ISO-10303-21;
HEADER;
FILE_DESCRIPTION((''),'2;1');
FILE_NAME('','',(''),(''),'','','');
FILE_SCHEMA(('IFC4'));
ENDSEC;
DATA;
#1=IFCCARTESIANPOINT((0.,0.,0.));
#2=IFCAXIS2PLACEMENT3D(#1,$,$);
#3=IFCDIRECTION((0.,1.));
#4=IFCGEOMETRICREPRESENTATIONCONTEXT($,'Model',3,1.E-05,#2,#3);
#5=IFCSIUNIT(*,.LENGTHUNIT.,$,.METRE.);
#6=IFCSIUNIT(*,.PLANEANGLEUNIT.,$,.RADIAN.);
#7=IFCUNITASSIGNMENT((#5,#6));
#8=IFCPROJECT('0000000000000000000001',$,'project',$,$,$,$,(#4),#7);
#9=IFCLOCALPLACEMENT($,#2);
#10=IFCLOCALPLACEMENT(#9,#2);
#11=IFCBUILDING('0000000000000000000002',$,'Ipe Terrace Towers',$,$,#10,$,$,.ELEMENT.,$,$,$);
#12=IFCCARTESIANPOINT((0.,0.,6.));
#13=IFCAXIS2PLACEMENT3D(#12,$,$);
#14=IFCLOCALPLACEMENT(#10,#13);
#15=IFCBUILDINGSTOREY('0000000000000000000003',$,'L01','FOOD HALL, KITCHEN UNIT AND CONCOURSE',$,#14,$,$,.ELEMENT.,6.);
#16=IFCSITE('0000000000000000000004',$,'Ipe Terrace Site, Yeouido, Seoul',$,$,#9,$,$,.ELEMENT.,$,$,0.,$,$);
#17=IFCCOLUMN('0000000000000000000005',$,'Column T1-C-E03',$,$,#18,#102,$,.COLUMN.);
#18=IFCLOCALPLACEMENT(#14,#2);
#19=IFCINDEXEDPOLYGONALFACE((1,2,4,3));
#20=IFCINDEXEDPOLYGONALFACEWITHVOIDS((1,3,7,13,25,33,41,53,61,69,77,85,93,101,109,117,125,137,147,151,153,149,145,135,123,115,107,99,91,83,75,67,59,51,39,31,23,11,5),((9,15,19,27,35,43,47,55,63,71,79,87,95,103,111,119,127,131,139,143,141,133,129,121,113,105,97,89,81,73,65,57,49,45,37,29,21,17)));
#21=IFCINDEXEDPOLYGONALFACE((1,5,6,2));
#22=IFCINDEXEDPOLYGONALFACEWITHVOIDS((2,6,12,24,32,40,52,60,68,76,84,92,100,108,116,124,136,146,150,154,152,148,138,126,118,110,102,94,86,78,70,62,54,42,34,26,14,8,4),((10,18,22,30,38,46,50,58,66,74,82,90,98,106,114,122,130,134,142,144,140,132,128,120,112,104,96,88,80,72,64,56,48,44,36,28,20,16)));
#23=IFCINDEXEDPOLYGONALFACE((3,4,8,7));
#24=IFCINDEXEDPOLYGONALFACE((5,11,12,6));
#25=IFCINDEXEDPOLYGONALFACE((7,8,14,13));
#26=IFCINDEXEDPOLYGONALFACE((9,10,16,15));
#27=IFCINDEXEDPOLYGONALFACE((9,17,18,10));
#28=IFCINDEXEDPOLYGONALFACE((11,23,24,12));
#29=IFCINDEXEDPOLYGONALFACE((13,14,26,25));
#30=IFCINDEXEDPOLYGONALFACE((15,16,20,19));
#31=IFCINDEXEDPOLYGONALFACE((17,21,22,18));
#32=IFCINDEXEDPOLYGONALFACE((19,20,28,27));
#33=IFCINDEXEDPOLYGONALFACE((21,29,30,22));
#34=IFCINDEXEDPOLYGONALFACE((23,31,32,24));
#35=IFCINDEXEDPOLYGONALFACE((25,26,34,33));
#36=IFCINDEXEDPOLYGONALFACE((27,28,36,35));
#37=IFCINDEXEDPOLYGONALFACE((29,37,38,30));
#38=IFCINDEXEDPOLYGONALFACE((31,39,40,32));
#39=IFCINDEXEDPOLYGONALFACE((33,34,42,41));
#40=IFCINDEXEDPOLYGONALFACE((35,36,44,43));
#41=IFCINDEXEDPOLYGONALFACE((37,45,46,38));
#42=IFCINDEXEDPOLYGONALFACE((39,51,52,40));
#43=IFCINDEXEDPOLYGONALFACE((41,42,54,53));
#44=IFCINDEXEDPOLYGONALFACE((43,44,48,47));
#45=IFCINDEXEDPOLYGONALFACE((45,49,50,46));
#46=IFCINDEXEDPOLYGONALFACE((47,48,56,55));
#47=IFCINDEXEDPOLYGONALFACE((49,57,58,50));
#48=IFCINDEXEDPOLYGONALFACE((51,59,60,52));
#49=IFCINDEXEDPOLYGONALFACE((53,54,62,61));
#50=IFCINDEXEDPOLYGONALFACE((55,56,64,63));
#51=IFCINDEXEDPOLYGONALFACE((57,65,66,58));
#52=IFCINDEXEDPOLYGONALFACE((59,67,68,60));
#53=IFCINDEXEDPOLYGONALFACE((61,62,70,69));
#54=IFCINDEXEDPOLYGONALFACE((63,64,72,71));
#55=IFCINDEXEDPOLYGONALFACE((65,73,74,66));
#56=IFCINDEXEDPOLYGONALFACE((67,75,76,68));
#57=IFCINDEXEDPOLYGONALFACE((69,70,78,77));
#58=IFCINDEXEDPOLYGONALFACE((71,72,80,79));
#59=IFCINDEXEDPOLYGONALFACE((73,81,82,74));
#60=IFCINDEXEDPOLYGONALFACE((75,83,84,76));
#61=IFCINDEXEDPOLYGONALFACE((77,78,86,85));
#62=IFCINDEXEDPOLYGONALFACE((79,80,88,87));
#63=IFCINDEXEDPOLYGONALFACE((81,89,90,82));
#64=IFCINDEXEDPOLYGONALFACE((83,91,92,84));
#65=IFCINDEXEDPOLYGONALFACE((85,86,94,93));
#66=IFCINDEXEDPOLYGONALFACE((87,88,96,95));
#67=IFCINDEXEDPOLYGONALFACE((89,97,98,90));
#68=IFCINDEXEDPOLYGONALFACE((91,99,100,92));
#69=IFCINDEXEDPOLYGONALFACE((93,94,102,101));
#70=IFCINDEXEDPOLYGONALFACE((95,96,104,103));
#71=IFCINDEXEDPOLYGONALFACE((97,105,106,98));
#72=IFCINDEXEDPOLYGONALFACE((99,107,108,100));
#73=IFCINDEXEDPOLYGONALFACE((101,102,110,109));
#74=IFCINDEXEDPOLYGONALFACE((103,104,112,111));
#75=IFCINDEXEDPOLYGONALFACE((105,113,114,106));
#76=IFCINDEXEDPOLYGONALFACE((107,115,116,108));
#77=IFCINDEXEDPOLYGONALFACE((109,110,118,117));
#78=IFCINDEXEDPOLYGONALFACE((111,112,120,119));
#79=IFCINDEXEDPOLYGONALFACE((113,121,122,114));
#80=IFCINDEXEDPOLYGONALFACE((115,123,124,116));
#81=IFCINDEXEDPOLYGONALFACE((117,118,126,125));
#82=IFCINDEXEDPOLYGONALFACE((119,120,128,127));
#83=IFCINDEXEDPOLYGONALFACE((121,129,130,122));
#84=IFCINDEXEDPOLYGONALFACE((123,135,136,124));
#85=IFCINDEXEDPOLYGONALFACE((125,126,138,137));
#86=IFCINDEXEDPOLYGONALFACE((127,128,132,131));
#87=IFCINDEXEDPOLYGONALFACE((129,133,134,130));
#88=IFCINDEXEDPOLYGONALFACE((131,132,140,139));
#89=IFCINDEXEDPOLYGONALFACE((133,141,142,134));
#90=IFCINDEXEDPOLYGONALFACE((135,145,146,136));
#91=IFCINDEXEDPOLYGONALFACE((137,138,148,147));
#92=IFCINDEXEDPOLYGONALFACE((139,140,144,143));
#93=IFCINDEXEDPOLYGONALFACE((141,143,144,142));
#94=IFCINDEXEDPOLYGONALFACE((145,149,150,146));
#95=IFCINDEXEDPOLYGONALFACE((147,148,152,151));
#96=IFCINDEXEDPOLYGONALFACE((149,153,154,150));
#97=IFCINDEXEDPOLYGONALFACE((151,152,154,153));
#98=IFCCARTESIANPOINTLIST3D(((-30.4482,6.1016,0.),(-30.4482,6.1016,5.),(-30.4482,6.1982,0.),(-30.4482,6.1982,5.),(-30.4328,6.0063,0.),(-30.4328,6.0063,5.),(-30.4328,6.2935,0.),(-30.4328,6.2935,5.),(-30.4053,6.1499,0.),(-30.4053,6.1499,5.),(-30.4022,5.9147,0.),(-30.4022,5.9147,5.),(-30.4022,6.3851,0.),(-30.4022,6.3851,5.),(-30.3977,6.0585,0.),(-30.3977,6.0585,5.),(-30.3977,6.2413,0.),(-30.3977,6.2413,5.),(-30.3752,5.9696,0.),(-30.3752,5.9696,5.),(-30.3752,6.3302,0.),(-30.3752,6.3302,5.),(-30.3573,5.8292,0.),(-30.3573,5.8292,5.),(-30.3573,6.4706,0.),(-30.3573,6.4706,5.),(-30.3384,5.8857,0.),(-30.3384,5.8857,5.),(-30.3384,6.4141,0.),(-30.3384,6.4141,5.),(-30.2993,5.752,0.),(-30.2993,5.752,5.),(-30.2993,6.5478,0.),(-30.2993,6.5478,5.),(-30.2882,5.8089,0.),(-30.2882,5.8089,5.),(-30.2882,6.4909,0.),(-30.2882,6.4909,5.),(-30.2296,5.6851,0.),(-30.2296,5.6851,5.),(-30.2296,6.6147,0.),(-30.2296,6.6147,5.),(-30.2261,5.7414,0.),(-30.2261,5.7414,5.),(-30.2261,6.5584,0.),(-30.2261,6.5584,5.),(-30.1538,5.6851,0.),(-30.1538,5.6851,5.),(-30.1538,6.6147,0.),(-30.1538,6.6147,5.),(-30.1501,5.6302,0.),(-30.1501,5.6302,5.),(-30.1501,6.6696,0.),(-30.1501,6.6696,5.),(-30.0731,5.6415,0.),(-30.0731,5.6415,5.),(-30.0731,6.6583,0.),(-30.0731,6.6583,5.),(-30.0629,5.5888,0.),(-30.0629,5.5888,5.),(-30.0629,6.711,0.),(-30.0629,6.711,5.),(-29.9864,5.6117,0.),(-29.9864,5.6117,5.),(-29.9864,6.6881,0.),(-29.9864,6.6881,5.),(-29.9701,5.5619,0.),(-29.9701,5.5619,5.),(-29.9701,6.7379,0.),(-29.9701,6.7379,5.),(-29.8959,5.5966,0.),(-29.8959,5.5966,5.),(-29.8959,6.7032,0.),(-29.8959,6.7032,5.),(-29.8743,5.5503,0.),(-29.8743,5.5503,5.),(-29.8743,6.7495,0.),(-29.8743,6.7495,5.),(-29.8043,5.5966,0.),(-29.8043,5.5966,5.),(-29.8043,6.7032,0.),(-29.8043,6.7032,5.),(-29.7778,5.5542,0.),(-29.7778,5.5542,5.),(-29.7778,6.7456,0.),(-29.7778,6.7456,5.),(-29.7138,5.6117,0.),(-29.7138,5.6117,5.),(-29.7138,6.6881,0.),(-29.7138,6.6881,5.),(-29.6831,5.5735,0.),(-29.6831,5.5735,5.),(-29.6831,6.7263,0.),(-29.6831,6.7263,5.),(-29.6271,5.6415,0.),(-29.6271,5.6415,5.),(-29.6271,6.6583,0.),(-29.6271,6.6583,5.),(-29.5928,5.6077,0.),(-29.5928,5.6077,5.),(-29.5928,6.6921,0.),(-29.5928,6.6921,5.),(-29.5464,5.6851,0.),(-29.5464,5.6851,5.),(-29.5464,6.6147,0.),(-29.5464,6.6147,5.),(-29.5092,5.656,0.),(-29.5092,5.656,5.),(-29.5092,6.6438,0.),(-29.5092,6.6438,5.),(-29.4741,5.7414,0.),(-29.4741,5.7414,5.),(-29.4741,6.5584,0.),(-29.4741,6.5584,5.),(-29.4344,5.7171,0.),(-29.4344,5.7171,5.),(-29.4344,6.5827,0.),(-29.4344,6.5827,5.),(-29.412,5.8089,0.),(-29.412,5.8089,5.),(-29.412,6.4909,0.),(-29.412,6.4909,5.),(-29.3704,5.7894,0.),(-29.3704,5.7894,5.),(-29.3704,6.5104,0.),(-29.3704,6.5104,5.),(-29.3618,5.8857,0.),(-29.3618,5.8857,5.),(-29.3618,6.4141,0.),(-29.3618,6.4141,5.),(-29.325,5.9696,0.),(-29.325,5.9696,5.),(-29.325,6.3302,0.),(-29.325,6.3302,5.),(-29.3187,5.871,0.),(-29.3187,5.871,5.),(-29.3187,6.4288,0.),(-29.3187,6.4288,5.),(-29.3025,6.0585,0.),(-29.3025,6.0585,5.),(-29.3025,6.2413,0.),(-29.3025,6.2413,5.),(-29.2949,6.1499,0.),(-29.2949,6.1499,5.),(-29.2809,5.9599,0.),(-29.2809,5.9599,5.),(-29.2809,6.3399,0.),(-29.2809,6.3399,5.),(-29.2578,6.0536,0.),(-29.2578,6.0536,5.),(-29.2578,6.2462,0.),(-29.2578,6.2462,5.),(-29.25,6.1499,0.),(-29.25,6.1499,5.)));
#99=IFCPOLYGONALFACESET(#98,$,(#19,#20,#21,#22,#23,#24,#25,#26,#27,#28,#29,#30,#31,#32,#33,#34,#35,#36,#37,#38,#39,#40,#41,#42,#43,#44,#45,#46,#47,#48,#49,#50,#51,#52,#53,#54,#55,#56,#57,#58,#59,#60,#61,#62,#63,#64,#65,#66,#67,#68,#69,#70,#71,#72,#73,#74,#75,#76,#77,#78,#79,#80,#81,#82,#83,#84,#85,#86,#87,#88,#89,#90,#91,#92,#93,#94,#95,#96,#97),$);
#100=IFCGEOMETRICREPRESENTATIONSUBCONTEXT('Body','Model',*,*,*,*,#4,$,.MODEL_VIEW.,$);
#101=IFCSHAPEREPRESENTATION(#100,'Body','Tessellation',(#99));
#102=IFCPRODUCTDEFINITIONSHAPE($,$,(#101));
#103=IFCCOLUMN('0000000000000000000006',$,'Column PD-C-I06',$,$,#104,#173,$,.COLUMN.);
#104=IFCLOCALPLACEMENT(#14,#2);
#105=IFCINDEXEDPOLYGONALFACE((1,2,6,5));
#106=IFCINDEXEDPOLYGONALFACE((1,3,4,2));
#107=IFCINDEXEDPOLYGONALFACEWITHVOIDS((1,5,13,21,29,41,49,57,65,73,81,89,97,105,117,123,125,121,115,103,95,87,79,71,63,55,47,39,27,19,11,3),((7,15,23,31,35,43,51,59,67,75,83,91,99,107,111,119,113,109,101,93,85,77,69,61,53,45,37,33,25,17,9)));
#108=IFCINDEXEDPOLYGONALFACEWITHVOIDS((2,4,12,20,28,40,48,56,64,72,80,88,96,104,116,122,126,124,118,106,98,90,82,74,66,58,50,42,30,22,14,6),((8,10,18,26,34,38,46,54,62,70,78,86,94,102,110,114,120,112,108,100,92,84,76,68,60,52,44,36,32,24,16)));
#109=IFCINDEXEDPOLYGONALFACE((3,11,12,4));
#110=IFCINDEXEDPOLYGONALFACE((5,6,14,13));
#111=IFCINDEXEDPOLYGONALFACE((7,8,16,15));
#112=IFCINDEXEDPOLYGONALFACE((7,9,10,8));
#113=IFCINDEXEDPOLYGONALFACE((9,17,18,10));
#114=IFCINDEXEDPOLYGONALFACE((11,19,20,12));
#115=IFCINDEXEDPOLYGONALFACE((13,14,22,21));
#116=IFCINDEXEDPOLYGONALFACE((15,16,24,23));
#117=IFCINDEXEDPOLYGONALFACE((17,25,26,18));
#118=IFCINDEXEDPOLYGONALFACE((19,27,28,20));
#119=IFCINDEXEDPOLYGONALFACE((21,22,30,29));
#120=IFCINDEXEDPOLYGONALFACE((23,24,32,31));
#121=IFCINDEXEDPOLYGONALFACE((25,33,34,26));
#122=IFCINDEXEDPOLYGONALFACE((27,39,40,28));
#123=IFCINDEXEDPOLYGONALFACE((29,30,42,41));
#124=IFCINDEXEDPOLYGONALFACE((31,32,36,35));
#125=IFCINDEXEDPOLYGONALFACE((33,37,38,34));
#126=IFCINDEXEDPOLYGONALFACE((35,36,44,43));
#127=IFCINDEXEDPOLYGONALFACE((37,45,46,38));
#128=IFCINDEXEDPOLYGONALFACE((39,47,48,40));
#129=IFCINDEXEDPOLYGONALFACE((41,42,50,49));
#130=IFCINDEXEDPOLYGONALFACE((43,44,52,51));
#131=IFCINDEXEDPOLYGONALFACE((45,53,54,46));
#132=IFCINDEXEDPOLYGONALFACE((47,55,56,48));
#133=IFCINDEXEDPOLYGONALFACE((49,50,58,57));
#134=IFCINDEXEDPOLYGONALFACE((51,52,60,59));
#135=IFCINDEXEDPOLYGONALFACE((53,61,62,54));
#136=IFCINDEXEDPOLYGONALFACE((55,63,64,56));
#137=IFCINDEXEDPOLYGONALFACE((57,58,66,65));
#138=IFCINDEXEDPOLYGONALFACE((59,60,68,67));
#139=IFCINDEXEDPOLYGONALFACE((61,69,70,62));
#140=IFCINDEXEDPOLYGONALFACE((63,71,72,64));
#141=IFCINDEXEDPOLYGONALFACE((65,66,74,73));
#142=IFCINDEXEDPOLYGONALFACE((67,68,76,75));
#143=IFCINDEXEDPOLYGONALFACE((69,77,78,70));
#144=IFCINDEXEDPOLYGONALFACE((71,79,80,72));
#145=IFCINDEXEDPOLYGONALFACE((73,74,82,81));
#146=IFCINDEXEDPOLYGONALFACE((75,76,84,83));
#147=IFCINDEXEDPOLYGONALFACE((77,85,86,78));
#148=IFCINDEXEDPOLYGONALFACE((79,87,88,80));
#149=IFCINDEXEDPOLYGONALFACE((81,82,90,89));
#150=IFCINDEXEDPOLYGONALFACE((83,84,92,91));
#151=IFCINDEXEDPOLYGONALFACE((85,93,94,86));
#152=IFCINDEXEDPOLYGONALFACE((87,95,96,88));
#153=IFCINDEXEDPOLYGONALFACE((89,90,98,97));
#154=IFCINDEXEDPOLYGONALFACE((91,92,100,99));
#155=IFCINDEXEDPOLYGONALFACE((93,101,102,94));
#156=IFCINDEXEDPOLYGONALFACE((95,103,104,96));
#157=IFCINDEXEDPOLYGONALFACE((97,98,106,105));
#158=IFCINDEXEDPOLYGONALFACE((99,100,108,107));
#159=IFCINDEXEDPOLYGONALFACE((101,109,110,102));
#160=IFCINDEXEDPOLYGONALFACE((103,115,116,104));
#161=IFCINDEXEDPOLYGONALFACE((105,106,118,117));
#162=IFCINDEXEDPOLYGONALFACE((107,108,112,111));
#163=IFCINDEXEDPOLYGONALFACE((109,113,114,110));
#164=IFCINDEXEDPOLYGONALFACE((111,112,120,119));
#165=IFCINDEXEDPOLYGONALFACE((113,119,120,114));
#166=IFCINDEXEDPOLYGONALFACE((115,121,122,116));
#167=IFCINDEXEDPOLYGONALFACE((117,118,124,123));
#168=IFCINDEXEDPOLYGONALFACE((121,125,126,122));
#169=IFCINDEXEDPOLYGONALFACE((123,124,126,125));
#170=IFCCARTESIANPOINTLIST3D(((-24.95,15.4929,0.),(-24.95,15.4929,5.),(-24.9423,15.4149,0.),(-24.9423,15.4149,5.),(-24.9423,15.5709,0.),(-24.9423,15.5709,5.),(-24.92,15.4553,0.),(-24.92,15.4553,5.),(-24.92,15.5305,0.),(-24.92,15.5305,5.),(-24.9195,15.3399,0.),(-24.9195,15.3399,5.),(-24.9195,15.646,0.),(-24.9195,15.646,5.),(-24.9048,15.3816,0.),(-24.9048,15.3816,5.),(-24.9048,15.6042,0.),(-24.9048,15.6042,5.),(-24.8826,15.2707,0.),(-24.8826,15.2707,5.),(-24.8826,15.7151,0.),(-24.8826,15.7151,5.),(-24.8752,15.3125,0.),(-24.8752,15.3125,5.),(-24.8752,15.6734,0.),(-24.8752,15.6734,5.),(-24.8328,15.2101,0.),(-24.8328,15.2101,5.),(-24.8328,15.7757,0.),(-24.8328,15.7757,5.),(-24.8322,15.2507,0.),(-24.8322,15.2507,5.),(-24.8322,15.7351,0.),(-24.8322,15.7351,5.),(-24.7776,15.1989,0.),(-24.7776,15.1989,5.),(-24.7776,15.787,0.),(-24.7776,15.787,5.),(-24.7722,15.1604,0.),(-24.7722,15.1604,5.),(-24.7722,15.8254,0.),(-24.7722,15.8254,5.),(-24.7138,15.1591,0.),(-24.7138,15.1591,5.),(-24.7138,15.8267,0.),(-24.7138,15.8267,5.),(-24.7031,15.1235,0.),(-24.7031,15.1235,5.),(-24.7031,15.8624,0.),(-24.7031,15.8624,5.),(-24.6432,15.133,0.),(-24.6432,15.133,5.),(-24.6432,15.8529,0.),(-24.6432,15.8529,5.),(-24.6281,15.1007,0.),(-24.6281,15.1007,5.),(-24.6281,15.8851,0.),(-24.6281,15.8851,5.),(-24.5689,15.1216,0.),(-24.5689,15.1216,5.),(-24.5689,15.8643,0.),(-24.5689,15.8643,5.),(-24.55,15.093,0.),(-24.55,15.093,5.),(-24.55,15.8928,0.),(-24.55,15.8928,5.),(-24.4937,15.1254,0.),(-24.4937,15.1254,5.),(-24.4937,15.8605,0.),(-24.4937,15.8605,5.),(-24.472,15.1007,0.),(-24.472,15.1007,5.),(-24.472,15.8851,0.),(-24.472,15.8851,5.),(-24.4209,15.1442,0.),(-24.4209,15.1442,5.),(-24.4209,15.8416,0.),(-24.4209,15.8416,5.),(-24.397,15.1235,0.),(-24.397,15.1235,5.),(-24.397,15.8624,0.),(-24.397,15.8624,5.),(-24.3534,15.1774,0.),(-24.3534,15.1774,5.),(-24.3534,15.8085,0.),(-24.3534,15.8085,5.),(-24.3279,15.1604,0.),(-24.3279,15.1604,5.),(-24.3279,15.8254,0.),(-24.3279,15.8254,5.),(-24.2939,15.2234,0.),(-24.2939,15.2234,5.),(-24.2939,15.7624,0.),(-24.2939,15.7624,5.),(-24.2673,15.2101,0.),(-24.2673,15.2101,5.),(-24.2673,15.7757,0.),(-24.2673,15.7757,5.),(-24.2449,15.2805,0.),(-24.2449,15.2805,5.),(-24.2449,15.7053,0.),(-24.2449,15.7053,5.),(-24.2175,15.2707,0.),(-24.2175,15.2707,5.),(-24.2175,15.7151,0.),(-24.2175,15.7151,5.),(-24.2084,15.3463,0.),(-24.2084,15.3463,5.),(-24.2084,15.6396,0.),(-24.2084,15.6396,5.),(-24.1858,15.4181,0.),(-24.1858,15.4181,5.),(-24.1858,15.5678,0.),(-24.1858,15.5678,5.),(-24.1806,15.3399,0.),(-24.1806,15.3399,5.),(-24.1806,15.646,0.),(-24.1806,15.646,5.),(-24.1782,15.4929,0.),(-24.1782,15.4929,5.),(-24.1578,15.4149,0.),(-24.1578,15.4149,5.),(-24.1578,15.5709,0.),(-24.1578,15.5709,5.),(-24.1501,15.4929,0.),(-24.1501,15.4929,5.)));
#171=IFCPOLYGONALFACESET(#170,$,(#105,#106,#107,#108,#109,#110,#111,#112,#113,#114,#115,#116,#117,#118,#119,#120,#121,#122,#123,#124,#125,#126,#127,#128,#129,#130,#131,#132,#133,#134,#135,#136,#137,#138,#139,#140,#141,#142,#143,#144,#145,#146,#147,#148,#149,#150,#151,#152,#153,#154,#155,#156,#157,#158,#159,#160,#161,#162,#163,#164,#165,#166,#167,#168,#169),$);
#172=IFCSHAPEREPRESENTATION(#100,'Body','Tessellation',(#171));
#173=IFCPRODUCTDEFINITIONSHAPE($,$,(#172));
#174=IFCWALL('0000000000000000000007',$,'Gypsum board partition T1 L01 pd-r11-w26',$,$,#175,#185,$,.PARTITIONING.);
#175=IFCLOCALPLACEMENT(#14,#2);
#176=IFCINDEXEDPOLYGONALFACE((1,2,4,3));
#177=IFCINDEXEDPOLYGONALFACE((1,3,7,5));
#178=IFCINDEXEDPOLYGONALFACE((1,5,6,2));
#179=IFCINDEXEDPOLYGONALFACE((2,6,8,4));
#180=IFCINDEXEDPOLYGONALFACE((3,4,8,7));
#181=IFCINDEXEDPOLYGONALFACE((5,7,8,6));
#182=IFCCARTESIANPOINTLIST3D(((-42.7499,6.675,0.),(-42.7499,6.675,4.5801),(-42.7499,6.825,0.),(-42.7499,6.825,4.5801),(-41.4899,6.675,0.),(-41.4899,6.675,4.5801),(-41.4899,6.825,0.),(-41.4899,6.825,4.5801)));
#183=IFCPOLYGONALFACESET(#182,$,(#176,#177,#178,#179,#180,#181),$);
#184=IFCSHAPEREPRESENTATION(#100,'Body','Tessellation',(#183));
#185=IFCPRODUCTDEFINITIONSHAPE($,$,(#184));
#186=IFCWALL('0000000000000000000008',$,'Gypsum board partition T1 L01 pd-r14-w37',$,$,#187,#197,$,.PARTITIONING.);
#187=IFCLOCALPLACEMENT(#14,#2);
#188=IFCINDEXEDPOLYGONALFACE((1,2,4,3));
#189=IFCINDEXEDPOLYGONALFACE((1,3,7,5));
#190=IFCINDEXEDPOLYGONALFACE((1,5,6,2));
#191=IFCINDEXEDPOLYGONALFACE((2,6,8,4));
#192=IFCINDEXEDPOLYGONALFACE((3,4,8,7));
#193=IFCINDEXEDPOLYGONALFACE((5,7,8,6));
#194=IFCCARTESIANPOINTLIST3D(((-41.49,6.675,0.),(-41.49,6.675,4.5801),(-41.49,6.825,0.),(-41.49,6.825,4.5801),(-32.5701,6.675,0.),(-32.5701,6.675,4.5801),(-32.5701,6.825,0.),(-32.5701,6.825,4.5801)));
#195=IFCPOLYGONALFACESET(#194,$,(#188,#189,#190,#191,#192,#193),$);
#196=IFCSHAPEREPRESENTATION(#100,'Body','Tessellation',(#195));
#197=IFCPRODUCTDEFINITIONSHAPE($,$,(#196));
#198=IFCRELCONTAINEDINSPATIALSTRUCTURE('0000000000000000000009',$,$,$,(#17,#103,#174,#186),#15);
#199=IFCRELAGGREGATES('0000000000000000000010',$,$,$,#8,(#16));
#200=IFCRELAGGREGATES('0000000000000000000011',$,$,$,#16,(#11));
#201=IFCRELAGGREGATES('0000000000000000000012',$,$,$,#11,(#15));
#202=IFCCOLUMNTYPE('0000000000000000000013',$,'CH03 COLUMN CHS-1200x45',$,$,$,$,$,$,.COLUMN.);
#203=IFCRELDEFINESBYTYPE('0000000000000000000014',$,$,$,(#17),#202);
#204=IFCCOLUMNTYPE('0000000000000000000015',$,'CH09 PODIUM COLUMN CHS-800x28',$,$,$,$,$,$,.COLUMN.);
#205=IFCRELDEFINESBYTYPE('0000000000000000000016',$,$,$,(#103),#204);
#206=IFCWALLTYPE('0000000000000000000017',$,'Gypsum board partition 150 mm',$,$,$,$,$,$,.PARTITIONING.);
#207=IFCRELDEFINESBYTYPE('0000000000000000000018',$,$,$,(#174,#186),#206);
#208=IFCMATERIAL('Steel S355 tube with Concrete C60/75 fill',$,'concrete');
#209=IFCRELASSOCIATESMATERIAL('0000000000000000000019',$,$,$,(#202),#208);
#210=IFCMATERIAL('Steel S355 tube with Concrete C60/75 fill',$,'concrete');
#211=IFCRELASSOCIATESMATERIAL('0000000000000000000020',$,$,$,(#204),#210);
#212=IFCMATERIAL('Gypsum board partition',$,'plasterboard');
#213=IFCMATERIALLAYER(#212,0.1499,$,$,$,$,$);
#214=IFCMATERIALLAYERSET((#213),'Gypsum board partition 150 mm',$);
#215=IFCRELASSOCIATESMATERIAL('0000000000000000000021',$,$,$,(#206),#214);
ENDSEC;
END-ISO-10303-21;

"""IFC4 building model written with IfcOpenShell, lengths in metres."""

from ifc_helpers import new_model, si_unit, direction, frame, frame_2d, origin, origin_2d, place, context, subcontext, project, spatial, rectangle, hollow_circle, extrude, material, layer, layer_set, material_profile, profile_set, type_object, element, save


model = new_model("IFC4")

# Units and contexts
model_context = context("Model", 3, precision=1e-05, world=origin(), true_north=direction((0.0, 1.0)))
body_context = subcontext(model_context, "Body", "Model", "MODEL_VIEW")
ifc_project = project(units=[si_unit("LENGTHUNIT", "METRE"), si_unit("PLANEANGLEUNIT", "RADIAN")], contexts=[model_context])

# Site, building, storey
site_placement = place(None, origin())
site = spatial("IfcSite", under=ifc_project, at=site_placement, Name="Ipe Terrace Site, Yeouido, Seoul", CompositionType="ELEMENT", RefElevation=0.0)
building_placement = place(site_placement, origin())
building = spatial("IfcBuilding", under=site, at=building_placement, Name="Ipe Terrace Towers", CompositionType="ELEMENT")
storey_placement = place(building_placement, frame((0.0, 0.0, 6.0)))
storey = spatial("IfcBuildingStorey", under=building, at=storey_placement, Name="L01", Description="FOOD HALL, KITCHEN UNIT AND CONCOURSE", CompositionType="ELEMENT", Elevation=6.0)

# Columns
ifc_material_1 = material(Name="Steel S355 tube with Concrete C60/75 fill", Category="concrete")
ifc_material_profile_1 = material_profile(ifc_material_1, hollow_circle(Radius=0.6001, WallThickness=0.0449, at=origin_2d()), Name="CHS-1200x45")
ifc_profile_set_1 = profile_set([ifc_material_profile_1], Name="Steel S355 tube with Concrete C60/75 fill")
column_type_1 = type_object("IfcColumnType", Name="CH03 COLUMN CHS-1200x45", PredefinedType="COLUMN", material=ifc_profile_set_1)
column_1_placement = place(storey_placement, frame((-29.8501, 6.1499, 0.0), z_axis=(0.0, 0.0, 1.0), x_axis=(1.0, 0.0, 0.0)))
element("IfcColumn", 1, at=column_1_placement, inside=storey, type_object=column_type_1, Name="Column T1-C-E03", PredefinedType="COLUMN", context=body_context, shape_type="SweptSolid", body=[
    extrude(hollow_circle(Radius=0.6001, WallThickness=0.0449, at=origin_2d()), origin(), (0.0, 0.0, 1.0), 5.0),
])
ifc_material_2 = material(Name="Steel S355 tube with Concrete C60/75 fill", Category="concrete")
ifc_material_profile_2 = material_profile(ifc_material_2, hollow_circle(Radius=0.3999, WallThickness=0.0281, at=origin_2d()), Name="CHS-800x28")
ifc_profile_set_2 = profile_set([ifc_material_profile_2], Name="Steel S355 tube with Concrete C60/75 fill")
column_type_2 = type_object("IfcColumnType", Name="CH09 PODIUM COLUMN CHS-800x28", PredefinedType="COLUMN", material=ifc_profile_set_2)
column_2_placement = place(storey_placement, frame((-24.55, 15.4929, 0.0), z_axis=(0.0, 0.0, 1.0), x_axis=(1.0, 0.0, 0.0)))
element("IfcColumn", 2, at=column_2_placement, inside=storey, type_object=column_type_2, Name="Column PD-C-I06", PredefinedType="COLUMN", context=body_context, shape_type="SweptSolid", body=[
    extrude(hollow_circle(Radius=0.3999, WallThickness=0.0281, at=origin_2d()), origin(), (0.0, 0.0, 1.0), 5.0),
])

# Walls
ifc_material_3 = material(Name="Gypsum board partition", Category="plasterboard")
ifc_layer_1 = layer(ifc_material_3, 0.1499)
ifc_layer_set_1 = layer_set([ifc_layer_1], Name="Gypsum board partition 150 mm")
wall_type_1 = type_object("IfcWallType", Name="Gypsum board partition 150 mm", PredefinedType="PARTITIONING", material=ifc_layer_set_1)
wall_1_placement = place(storey_placement, frame((-41.49, 6.75, 0.0), z_axis=(0.0, 0.0, 1.0), x_axis=(-1.0, 0.0, 0.0)))
element("IfcWall", 3, at=wall_1_placement, inside=storey, type_object=wall_type_1, Name="Gypsum board partition T1 L01 pd-r11-w26", PredefinedType="PARTITIONING", context=body_context, shape_type="SweptSolid", body=[
    extrude(rectangle(XDim=1.26, YDim=0.1499, at=frame_2d((0.6299, 0.0))), origin(), (0.0, 0.0, 1.0), 4.5801),
])
wall_2_placement = place(storey_placement, frame((-32.5701, 6.75, 0.0), z_axis=(0.0, 0.0, 1.0), x_axis=(-1.0, 0.0, 0.0)))
element("IfcWall", 4, at=wall_2_placement, inside=storey, type_object=wall_type_1, Name="Gypsum board partition T1 L01 pd-r14-w37", PredefinedType="PARTITIONING", context=body_context, shape_type="SweptSolid", body=[
    extrude(rectangle(XDim=8.9199, YDim=0.1499, at=frame_2d((4.46, 0.0))), origin(), (0.0, 0.0, 1.0), 4.5801),
])

save(model, "model.ifc")
